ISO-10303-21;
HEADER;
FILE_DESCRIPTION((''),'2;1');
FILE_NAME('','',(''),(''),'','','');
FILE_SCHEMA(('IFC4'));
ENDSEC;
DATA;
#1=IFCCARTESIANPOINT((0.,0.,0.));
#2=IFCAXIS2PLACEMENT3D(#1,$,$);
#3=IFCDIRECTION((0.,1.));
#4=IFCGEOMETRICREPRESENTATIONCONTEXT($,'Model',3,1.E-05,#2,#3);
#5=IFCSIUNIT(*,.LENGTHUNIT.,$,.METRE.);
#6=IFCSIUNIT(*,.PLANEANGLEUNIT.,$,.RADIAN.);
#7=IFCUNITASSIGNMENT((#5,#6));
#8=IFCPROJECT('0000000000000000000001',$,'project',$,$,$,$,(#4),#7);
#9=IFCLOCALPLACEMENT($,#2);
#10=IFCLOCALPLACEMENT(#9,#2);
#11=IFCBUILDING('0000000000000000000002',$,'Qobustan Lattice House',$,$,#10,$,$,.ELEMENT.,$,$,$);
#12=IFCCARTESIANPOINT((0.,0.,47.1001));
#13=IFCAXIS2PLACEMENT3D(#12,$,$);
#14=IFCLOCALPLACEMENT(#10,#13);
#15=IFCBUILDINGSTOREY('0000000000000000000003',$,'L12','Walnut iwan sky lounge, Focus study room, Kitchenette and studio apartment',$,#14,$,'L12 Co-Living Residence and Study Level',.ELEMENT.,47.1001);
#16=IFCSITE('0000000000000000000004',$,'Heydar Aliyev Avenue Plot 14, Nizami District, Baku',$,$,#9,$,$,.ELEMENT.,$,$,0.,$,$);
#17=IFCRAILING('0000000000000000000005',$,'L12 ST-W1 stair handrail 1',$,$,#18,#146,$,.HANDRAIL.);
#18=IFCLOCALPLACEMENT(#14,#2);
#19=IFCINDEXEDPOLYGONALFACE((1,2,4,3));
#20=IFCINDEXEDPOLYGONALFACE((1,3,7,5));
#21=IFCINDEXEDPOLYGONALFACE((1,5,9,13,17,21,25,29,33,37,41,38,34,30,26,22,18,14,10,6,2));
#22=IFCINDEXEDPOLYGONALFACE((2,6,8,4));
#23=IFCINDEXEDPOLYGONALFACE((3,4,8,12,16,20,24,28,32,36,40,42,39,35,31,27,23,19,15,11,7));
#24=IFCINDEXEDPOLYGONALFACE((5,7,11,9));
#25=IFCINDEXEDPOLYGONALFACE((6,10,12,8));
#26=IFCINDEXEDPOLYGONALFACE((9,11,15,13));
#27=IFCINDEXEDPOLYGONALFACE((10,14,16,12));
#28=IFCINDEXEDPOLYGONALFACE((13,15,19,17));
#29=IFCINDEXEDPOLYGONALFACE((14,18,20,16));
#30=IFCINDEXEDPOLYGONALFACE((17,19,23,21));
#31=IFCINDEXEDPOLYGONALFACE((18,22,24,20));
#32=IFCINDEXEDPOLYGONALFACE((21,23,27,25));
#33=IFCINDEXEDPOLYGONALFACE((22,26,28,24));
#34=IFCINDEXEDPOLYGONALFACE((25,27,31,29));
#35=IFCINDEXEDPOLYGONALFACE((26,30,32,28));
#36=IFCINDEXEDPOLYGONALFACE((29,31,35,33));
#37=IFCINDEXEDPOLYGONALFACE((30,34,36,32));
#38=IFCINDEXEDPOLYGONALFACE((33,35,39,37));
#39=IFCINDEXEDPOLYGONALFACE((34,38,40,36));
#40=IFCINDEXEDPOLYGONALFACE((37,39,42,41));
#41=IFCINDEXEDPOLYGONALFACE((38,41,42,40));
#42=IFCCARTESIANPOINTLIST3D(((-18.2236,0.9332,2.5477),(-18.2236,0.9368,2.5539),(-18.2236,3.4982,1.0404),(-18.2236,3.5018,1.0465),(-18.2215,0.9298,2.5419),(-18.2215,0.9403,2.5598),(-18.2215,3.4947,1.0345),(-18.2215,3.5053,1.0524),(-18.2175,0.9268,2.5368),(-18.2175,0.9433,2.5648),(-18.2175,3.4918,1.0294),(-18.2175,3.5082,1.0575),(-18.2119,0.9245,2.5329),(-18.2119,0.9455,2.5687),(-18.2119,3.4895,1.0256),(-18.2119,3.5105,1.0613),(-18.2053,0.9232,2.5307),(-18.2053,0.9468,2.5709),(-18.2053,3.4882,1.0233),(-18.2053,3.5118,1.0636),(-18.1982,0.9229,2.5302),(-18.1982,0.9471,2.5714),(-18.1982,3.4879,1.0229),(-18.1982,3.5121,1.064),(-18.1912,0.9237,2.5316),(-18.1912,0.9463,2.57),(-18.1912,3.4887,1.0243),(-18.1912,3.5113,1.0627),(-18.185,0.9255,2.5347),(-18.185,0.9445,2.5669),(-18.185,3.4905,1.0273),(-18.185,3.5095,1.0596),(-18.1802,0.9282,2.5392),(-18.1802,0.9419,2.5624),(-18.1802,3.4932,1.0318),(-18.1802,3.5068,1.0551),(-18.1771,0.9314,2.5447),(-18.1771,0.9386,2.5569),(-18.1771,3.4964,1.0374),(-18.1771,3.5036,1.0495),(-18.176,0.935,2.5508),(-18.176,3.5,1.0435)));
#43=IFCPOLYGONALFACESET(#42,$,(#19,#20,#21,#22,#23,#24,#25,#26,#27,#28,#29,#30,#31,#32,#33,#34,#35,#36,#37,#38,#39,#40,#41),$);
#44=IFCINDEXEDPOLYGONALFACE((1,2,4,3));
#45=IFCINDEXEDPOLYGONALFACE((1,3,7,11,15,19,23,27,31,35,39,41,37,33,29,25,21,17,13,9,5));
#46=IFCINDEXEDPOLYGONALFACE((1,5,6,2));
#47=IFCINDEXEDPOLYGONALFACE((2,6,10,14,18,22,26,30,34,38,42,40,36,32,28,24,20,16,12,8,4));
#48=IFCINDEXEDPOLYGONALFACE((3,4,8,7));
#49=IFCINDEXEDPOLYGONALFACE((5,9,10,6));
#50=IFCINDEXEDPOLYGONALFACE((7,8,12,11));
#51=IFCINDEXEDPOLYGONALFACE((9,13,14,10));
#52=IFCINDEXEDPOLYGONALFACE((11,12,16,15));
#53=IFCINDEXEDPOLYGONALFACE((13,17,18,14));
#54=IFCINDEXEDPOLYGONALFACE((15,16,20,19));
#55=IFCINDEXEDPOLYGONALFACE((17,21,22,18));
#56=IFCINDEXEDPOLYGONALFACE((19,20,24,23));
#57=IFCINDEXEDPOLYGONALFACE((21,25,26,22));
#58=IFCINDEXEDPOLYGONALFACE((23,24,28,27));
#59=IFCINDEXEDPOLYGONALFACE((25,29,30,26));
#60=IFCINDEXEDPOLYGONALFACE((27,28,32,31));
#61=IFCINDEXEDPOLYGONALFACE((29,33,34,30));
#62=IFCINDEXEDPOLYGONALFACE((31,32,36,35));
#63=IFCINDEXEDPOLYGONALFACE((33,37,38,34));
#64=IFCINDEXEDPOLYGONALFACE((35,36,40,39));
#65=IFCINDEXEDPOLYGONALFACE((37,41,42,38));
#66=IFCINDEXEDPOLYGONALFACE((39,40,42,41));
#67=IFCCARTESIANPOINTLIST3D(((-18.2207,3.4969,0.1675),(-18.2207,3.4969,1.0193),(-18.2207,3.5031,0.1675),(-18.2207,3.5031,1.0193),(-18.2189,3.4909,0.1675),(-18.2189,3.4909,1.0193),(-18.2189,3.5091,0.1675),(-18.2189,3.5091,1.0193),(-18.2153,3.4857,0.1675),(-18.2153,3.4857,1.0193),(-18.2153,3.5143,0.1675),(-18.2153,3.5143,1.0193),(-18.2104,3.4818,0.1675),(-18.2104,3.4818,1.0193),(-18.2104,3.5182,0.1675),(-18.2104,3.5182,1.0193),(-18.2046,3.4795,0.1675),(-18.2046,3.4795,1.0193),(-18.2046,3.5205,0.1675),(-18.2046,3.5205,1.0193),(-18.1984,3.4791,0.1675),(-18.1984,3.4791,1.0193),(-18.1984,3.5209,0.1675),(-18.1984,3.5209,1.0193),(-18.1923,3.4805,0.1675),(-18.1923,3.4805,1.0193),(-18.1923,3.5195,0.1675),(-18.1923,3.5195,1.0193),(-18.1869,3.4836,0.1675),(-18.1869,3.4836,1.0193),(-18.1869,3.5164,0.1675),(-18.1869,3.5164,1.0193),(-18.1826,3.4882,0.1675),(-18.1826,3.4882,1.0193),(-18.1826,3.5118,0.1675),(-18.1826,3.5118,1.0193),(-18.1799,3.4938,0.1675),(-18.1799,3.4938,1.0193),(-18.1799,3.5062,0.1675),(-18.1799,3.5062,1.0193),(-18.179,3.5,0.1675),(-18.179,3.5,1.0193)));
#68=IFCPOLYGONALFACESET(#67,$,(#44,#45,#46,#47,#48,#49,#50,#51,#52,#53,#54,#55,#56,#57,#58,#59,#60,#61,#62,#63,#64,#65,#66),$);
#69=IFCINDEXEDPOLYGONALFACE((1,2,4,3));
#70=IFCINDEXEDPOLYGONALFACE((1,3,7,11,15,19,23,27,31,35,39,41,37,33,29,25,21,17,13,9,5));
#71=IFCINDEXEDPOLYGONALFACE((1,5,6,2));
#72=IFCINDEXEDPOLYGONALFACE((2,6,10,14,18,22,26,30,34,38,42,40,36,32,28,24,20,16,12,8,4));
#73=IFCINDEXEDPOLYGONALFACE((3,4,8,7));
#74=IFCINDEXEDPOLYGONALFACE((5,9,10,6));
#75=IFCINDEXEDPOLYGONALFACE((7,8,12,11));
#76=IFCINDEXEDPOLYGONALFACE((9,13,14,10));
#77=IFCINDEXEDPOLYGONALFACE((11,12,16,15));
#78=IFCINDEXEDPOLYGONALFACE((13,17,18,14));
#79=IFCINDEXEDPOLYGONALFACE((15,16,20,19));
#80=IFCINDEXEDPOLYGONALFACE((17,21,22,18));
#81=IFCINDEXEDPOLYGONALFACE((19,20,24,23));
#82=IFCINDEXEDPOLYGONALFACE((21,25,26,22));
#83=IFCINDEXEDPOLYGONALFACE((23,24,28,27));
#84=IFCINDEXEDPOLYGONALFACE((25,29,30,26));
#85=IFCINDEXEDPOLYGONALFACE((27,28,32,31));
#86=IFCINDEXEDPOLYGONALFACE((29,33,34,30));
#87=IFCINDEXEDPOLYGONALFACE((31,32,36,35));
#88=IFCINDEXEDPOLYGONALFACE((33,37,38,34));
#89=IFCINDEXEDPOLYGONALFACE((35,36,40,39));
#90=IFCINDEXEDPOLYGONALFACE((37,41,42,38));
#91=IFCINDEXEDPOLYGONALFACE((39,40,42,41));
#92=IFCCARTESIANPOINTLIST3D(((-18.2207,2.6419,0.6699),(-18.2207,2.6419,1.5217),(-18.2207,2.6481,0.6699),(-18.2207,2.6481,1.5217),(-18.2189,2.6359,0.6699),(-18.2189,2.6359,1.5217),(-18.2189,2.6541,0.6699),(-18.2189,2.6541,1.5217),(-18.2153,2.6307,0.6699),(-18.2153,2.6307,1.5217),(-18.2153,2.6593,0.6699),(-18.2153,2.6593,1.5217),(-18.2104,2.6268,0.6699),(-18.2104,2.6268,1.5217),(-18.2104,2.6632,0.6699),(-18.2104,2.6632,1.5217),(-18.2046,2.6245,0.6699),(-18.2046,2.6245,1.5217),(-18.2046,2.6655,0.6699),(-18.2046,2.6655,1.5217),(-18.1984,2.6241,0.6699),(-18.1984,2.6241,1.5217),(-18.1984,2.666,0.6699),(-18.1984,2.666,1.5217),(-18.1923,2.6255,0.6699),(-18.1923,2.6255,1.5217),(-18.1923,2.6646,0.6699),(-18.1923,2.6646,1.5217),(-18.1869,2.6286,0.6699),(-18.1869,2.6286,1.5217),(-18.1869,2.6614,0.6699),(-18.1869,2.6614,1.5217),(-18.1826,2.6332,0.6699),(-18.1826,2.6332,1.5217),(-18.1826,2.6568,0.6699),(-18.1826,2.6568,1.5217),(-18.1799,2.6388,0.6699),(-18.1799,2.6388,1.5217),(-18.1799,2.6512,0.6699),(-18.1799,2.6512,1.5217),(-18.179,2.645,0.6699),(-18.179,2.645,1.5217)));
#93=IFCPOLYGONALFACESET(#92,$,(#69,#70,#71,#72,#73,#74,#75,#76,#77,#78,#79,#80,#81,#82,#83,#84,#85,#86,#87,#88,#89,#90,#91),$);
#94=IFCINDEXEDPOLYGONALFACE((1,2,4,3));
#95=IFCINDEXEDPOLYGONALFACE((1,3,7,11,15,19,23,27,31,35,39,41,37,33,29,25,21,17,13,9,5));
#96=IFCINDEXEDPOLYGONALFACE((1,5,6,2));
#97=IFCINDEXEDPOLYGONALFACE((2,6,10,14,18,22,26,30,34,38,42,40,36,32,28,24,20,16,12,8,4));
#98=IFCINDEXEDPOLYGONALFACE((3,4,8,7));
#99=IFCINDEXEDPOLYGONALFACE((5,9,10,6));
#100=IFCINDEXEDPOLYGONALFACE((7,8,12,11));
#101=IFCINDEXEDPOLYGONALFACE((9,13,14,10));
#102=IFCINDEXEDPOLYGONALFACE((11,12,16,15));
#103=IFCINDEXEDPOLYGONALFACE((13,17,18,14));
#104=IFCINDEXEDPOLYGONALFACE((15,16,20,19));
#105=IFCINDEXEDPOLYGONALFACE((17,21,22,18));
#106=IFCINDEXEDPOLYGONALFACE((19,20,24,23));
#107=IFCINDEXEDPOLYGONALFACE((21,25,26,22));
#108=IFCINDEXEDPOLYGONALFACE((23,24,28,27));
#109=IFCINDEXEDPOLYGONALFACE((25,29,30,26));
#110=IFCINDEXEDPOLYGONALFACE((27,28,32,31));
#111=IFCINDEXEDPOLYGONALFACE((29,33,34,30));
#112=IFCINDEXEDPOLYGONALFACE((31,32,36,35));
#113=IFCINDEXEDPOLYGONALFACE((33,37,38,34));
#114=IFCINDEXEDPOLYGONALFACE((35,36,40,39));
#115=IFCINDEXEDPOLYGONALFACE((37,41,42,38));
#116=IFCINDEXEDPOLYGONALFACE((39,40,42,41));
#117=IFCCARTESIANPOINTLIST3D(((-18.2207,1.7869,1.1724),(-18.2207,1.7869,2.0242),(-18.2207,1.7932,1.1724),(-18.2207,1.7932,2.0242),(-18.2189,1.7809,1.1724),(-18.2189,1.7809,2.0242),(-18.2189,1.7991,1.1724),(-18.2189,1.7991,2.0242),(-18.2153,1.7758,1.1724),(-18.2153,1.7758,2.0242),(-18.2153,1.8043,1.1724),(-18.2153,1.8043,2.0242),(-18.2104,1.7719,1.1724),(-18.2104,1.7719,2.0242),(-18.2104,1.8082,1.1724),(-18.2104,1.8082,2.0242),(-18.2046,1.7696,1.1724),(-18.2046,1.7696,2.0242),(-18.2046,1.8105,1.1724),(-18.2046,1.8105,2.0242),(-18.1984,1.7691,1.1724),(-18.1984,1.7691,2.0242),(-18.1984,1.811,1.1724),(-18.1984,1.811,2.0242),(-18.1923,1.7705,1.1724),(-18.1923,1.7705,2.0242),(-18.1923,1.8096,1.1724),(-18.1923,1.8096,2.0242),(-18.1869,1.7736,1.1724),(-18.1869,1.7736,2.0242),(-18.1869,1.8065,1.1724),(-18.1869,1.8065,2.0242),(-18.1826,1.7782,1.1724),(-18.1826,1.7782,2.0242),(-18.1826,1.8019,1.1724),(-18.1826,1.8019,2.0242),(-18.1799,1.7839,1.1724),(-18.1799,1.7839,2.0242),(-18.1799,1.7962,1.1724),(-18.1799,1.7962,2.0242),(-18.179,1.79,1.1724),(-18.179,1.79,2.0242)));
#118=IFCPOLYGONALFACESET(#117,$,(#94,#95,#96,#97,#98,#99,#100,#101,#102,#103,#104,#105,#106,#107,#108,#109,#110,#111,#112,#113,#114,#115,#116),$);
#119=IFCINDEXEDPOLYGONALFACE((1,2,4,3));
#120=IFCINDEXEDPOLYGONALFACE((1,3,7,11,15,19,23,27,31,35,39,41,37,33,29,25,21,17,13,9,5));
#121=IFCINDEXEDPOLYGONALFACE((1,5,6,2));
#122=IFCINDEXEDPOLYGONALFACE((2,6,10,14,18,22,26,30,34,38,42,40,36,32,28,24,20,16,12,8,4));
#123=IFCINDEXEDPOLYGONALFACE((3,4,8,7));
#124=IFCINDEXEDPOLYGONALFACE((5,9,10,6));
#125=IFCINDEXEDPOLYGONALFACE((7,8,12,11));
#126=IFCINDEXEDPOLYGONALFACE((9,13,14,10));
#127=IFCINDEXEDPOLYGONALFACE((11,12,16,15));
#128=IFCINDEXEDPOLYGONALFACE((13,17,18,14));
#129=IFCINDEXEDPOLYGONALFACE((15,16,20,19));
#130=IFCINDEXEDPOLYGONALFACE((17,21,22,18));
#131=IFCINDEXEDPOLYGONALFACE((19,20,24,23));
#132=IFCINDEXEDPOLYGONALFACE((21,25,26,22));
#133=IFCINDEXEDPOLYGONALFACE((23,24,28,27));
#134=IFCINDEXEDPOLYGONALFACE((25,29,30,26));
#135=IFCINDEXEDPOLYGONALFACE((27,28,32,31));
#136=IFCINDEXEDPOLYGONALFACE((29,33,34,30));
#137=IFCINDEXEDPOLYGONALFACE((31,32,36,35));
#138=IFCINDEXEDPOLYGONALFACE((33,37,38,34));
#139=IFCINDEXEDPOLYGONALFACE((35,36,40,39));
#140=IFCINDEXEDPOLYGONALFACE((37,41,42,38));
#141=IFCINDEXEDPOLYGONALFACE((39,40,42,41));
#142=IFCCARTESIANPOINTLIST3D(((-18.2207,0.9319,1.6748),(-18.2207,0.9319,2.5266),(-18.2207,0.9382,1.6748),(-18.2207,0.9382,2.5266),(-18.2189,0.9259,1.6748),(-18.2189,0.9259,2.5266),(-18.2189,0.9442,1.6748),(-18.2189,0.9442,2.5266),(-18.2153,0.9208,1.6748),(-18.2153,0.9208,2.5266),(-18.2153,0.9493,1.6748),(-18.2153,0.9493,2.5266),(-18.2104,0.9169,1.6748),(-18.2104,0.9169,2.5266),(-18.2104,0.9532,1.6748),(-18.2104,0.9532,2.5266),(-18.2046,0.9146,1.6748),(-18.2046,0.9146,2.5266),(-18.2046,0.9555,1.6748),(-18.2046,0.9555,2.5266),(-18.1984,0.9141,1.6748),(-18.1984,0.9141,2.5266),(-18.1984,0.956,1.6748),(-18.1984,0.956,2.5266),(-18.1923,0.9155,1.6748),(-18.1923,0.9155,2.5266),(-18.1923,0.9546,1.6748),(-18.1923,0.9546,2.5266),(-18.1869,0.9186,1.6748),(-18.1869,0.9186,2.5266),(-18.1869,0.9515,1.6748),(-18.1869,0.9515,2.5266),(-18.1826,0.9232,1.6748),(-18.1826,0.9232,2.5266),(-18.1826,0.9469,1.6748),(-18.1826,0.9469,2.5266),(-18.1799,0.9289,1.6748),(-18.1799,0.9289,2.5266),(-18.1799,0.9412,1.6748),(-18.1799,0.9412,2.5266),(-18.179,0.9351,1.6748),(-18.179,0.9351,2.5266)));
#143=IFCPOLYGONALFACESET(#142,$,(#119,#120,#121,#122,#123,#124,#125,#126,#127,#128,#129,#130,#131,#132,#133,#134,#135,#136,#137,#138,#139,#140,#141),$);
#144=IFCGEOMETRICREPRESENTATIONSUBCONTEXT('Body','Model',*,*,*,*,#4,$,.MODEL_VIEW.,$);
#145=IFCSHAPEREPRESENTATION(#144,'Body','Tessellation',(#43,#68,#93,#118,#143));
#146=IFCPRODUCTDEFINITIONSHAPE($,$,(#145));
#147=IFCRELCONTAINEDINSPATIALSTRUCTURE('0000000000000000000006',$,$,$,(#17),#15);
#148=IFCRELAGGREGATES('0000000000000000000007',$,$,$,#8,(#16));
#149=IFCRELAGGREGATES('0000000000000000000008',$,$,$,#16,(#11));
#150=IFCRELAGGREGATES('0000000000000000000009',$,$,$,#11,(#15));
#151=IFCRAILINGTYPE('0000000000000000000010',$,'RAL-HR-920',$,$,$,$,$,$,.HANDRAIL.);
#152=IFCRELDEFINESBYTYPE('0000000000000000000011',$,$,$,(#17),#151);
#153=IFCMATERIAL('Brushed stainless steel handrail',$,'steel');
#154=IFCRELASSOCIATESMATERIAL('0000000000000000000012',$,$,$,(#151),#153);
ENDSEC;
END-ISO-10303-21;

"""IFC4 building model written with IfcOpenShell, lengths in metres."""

from ifc_helpers import new_model, si_unit, direction, frame, origin, origin_2d, place, context, subcontext, project, spatial, circle, extrude, material, type_object, element, save


model = new_model("IFC4")

# Units and contexts
model_context = context("Model", 3, precision=1e-05, world=origin(), true_north=direction((0.0, 1.0)))
body_context = subcontext(model_context, "Body", "Model", "MODEL_VIEW")
ifc_project = project(units=[si_unit("LENGTHUNIT", "METRE"), si_unit("PLANEANGLEUNIT", "RADIAN")], contexts=[model_context])

# Site, building, storey
site_placement = place(None, origin())
site = spatial("IfcSite", under=ifc_project, at=site_placement, Name="Heydar Aliyev Avenue Plot 14, Nizami District, Baku", CompositionType="ELEMENT", RefElevation=0.0)
building_placement = place(site_placement, origin())
building = spatial("IfcBuilding", under=site, at=building_placement, Name="Qobustan Lattice House", CompositionType="ELEMENT")
storey_placement = place(building_placement, frame((0.0, 0.0, 47.1001)))
storey = spatial("IfcBuildingStorey", under=building, at=storey_placement, Name="L12", Description="Walnut iwan sky lounge, Focus study room, Kitchenette and studio apartment", LongName="L12 Co-Living Residence and Study Level", CompositionType="ELEMENT", Elevation=47.1001)

# Railing
ifc_material_1 = material(Name="Brushed stainless steel handrail", Category="steel")
railing_type_1 = type_object("IfcRailingType", Name="RAL-HR-920", PredefinedType="HANDRAIL", material=ifc_material_1)
railing_1_placement = place(storey_placement, frame((-18.2, 3.5, 0.1675)))
element("IfcRailing", 1, at=railing_1_placement, inside=storey, type_object=railing_type_1, Name="L12 ST-W1 stair handrail 1", PredefinedType="HANDRAIL", context=body_context, shape_type="SweptSolid", body=[
    extrude(circle(Radius=0.0239, at=origin_2d()), frame((0.0, 0.0, 0.876), z_axis=(0.0, -0.862149, 0.506654), x_axis=(1.0, 0.0, 0.0)), (0.0, 0.0, 1.0), 2.9751),
    extrude(circle(Radius=0.021, at=origin_2d()), origin(), (0.0, 0.0, 1.0), 0.8518),
    extrude(circle(Radius=0.021, at=origin_2d()), frame((0.0, -0.855, 0.5024)), (0.0, 0.0, 1.0), 0.8518),
    extrude(circle(Radius=0.021, at=origin_2d()), frame((0.0, -1.71, 1.0049)), (0.0, 0.0, 1.0), 0.8518),
    extrude(circle(Radius=0.021, at=origin_2d()), frame((0.0, -2.5649, 1.5073)), (0.0, 0.0, 1.0), 0.8518),
])

save(model, "model.ifc")
